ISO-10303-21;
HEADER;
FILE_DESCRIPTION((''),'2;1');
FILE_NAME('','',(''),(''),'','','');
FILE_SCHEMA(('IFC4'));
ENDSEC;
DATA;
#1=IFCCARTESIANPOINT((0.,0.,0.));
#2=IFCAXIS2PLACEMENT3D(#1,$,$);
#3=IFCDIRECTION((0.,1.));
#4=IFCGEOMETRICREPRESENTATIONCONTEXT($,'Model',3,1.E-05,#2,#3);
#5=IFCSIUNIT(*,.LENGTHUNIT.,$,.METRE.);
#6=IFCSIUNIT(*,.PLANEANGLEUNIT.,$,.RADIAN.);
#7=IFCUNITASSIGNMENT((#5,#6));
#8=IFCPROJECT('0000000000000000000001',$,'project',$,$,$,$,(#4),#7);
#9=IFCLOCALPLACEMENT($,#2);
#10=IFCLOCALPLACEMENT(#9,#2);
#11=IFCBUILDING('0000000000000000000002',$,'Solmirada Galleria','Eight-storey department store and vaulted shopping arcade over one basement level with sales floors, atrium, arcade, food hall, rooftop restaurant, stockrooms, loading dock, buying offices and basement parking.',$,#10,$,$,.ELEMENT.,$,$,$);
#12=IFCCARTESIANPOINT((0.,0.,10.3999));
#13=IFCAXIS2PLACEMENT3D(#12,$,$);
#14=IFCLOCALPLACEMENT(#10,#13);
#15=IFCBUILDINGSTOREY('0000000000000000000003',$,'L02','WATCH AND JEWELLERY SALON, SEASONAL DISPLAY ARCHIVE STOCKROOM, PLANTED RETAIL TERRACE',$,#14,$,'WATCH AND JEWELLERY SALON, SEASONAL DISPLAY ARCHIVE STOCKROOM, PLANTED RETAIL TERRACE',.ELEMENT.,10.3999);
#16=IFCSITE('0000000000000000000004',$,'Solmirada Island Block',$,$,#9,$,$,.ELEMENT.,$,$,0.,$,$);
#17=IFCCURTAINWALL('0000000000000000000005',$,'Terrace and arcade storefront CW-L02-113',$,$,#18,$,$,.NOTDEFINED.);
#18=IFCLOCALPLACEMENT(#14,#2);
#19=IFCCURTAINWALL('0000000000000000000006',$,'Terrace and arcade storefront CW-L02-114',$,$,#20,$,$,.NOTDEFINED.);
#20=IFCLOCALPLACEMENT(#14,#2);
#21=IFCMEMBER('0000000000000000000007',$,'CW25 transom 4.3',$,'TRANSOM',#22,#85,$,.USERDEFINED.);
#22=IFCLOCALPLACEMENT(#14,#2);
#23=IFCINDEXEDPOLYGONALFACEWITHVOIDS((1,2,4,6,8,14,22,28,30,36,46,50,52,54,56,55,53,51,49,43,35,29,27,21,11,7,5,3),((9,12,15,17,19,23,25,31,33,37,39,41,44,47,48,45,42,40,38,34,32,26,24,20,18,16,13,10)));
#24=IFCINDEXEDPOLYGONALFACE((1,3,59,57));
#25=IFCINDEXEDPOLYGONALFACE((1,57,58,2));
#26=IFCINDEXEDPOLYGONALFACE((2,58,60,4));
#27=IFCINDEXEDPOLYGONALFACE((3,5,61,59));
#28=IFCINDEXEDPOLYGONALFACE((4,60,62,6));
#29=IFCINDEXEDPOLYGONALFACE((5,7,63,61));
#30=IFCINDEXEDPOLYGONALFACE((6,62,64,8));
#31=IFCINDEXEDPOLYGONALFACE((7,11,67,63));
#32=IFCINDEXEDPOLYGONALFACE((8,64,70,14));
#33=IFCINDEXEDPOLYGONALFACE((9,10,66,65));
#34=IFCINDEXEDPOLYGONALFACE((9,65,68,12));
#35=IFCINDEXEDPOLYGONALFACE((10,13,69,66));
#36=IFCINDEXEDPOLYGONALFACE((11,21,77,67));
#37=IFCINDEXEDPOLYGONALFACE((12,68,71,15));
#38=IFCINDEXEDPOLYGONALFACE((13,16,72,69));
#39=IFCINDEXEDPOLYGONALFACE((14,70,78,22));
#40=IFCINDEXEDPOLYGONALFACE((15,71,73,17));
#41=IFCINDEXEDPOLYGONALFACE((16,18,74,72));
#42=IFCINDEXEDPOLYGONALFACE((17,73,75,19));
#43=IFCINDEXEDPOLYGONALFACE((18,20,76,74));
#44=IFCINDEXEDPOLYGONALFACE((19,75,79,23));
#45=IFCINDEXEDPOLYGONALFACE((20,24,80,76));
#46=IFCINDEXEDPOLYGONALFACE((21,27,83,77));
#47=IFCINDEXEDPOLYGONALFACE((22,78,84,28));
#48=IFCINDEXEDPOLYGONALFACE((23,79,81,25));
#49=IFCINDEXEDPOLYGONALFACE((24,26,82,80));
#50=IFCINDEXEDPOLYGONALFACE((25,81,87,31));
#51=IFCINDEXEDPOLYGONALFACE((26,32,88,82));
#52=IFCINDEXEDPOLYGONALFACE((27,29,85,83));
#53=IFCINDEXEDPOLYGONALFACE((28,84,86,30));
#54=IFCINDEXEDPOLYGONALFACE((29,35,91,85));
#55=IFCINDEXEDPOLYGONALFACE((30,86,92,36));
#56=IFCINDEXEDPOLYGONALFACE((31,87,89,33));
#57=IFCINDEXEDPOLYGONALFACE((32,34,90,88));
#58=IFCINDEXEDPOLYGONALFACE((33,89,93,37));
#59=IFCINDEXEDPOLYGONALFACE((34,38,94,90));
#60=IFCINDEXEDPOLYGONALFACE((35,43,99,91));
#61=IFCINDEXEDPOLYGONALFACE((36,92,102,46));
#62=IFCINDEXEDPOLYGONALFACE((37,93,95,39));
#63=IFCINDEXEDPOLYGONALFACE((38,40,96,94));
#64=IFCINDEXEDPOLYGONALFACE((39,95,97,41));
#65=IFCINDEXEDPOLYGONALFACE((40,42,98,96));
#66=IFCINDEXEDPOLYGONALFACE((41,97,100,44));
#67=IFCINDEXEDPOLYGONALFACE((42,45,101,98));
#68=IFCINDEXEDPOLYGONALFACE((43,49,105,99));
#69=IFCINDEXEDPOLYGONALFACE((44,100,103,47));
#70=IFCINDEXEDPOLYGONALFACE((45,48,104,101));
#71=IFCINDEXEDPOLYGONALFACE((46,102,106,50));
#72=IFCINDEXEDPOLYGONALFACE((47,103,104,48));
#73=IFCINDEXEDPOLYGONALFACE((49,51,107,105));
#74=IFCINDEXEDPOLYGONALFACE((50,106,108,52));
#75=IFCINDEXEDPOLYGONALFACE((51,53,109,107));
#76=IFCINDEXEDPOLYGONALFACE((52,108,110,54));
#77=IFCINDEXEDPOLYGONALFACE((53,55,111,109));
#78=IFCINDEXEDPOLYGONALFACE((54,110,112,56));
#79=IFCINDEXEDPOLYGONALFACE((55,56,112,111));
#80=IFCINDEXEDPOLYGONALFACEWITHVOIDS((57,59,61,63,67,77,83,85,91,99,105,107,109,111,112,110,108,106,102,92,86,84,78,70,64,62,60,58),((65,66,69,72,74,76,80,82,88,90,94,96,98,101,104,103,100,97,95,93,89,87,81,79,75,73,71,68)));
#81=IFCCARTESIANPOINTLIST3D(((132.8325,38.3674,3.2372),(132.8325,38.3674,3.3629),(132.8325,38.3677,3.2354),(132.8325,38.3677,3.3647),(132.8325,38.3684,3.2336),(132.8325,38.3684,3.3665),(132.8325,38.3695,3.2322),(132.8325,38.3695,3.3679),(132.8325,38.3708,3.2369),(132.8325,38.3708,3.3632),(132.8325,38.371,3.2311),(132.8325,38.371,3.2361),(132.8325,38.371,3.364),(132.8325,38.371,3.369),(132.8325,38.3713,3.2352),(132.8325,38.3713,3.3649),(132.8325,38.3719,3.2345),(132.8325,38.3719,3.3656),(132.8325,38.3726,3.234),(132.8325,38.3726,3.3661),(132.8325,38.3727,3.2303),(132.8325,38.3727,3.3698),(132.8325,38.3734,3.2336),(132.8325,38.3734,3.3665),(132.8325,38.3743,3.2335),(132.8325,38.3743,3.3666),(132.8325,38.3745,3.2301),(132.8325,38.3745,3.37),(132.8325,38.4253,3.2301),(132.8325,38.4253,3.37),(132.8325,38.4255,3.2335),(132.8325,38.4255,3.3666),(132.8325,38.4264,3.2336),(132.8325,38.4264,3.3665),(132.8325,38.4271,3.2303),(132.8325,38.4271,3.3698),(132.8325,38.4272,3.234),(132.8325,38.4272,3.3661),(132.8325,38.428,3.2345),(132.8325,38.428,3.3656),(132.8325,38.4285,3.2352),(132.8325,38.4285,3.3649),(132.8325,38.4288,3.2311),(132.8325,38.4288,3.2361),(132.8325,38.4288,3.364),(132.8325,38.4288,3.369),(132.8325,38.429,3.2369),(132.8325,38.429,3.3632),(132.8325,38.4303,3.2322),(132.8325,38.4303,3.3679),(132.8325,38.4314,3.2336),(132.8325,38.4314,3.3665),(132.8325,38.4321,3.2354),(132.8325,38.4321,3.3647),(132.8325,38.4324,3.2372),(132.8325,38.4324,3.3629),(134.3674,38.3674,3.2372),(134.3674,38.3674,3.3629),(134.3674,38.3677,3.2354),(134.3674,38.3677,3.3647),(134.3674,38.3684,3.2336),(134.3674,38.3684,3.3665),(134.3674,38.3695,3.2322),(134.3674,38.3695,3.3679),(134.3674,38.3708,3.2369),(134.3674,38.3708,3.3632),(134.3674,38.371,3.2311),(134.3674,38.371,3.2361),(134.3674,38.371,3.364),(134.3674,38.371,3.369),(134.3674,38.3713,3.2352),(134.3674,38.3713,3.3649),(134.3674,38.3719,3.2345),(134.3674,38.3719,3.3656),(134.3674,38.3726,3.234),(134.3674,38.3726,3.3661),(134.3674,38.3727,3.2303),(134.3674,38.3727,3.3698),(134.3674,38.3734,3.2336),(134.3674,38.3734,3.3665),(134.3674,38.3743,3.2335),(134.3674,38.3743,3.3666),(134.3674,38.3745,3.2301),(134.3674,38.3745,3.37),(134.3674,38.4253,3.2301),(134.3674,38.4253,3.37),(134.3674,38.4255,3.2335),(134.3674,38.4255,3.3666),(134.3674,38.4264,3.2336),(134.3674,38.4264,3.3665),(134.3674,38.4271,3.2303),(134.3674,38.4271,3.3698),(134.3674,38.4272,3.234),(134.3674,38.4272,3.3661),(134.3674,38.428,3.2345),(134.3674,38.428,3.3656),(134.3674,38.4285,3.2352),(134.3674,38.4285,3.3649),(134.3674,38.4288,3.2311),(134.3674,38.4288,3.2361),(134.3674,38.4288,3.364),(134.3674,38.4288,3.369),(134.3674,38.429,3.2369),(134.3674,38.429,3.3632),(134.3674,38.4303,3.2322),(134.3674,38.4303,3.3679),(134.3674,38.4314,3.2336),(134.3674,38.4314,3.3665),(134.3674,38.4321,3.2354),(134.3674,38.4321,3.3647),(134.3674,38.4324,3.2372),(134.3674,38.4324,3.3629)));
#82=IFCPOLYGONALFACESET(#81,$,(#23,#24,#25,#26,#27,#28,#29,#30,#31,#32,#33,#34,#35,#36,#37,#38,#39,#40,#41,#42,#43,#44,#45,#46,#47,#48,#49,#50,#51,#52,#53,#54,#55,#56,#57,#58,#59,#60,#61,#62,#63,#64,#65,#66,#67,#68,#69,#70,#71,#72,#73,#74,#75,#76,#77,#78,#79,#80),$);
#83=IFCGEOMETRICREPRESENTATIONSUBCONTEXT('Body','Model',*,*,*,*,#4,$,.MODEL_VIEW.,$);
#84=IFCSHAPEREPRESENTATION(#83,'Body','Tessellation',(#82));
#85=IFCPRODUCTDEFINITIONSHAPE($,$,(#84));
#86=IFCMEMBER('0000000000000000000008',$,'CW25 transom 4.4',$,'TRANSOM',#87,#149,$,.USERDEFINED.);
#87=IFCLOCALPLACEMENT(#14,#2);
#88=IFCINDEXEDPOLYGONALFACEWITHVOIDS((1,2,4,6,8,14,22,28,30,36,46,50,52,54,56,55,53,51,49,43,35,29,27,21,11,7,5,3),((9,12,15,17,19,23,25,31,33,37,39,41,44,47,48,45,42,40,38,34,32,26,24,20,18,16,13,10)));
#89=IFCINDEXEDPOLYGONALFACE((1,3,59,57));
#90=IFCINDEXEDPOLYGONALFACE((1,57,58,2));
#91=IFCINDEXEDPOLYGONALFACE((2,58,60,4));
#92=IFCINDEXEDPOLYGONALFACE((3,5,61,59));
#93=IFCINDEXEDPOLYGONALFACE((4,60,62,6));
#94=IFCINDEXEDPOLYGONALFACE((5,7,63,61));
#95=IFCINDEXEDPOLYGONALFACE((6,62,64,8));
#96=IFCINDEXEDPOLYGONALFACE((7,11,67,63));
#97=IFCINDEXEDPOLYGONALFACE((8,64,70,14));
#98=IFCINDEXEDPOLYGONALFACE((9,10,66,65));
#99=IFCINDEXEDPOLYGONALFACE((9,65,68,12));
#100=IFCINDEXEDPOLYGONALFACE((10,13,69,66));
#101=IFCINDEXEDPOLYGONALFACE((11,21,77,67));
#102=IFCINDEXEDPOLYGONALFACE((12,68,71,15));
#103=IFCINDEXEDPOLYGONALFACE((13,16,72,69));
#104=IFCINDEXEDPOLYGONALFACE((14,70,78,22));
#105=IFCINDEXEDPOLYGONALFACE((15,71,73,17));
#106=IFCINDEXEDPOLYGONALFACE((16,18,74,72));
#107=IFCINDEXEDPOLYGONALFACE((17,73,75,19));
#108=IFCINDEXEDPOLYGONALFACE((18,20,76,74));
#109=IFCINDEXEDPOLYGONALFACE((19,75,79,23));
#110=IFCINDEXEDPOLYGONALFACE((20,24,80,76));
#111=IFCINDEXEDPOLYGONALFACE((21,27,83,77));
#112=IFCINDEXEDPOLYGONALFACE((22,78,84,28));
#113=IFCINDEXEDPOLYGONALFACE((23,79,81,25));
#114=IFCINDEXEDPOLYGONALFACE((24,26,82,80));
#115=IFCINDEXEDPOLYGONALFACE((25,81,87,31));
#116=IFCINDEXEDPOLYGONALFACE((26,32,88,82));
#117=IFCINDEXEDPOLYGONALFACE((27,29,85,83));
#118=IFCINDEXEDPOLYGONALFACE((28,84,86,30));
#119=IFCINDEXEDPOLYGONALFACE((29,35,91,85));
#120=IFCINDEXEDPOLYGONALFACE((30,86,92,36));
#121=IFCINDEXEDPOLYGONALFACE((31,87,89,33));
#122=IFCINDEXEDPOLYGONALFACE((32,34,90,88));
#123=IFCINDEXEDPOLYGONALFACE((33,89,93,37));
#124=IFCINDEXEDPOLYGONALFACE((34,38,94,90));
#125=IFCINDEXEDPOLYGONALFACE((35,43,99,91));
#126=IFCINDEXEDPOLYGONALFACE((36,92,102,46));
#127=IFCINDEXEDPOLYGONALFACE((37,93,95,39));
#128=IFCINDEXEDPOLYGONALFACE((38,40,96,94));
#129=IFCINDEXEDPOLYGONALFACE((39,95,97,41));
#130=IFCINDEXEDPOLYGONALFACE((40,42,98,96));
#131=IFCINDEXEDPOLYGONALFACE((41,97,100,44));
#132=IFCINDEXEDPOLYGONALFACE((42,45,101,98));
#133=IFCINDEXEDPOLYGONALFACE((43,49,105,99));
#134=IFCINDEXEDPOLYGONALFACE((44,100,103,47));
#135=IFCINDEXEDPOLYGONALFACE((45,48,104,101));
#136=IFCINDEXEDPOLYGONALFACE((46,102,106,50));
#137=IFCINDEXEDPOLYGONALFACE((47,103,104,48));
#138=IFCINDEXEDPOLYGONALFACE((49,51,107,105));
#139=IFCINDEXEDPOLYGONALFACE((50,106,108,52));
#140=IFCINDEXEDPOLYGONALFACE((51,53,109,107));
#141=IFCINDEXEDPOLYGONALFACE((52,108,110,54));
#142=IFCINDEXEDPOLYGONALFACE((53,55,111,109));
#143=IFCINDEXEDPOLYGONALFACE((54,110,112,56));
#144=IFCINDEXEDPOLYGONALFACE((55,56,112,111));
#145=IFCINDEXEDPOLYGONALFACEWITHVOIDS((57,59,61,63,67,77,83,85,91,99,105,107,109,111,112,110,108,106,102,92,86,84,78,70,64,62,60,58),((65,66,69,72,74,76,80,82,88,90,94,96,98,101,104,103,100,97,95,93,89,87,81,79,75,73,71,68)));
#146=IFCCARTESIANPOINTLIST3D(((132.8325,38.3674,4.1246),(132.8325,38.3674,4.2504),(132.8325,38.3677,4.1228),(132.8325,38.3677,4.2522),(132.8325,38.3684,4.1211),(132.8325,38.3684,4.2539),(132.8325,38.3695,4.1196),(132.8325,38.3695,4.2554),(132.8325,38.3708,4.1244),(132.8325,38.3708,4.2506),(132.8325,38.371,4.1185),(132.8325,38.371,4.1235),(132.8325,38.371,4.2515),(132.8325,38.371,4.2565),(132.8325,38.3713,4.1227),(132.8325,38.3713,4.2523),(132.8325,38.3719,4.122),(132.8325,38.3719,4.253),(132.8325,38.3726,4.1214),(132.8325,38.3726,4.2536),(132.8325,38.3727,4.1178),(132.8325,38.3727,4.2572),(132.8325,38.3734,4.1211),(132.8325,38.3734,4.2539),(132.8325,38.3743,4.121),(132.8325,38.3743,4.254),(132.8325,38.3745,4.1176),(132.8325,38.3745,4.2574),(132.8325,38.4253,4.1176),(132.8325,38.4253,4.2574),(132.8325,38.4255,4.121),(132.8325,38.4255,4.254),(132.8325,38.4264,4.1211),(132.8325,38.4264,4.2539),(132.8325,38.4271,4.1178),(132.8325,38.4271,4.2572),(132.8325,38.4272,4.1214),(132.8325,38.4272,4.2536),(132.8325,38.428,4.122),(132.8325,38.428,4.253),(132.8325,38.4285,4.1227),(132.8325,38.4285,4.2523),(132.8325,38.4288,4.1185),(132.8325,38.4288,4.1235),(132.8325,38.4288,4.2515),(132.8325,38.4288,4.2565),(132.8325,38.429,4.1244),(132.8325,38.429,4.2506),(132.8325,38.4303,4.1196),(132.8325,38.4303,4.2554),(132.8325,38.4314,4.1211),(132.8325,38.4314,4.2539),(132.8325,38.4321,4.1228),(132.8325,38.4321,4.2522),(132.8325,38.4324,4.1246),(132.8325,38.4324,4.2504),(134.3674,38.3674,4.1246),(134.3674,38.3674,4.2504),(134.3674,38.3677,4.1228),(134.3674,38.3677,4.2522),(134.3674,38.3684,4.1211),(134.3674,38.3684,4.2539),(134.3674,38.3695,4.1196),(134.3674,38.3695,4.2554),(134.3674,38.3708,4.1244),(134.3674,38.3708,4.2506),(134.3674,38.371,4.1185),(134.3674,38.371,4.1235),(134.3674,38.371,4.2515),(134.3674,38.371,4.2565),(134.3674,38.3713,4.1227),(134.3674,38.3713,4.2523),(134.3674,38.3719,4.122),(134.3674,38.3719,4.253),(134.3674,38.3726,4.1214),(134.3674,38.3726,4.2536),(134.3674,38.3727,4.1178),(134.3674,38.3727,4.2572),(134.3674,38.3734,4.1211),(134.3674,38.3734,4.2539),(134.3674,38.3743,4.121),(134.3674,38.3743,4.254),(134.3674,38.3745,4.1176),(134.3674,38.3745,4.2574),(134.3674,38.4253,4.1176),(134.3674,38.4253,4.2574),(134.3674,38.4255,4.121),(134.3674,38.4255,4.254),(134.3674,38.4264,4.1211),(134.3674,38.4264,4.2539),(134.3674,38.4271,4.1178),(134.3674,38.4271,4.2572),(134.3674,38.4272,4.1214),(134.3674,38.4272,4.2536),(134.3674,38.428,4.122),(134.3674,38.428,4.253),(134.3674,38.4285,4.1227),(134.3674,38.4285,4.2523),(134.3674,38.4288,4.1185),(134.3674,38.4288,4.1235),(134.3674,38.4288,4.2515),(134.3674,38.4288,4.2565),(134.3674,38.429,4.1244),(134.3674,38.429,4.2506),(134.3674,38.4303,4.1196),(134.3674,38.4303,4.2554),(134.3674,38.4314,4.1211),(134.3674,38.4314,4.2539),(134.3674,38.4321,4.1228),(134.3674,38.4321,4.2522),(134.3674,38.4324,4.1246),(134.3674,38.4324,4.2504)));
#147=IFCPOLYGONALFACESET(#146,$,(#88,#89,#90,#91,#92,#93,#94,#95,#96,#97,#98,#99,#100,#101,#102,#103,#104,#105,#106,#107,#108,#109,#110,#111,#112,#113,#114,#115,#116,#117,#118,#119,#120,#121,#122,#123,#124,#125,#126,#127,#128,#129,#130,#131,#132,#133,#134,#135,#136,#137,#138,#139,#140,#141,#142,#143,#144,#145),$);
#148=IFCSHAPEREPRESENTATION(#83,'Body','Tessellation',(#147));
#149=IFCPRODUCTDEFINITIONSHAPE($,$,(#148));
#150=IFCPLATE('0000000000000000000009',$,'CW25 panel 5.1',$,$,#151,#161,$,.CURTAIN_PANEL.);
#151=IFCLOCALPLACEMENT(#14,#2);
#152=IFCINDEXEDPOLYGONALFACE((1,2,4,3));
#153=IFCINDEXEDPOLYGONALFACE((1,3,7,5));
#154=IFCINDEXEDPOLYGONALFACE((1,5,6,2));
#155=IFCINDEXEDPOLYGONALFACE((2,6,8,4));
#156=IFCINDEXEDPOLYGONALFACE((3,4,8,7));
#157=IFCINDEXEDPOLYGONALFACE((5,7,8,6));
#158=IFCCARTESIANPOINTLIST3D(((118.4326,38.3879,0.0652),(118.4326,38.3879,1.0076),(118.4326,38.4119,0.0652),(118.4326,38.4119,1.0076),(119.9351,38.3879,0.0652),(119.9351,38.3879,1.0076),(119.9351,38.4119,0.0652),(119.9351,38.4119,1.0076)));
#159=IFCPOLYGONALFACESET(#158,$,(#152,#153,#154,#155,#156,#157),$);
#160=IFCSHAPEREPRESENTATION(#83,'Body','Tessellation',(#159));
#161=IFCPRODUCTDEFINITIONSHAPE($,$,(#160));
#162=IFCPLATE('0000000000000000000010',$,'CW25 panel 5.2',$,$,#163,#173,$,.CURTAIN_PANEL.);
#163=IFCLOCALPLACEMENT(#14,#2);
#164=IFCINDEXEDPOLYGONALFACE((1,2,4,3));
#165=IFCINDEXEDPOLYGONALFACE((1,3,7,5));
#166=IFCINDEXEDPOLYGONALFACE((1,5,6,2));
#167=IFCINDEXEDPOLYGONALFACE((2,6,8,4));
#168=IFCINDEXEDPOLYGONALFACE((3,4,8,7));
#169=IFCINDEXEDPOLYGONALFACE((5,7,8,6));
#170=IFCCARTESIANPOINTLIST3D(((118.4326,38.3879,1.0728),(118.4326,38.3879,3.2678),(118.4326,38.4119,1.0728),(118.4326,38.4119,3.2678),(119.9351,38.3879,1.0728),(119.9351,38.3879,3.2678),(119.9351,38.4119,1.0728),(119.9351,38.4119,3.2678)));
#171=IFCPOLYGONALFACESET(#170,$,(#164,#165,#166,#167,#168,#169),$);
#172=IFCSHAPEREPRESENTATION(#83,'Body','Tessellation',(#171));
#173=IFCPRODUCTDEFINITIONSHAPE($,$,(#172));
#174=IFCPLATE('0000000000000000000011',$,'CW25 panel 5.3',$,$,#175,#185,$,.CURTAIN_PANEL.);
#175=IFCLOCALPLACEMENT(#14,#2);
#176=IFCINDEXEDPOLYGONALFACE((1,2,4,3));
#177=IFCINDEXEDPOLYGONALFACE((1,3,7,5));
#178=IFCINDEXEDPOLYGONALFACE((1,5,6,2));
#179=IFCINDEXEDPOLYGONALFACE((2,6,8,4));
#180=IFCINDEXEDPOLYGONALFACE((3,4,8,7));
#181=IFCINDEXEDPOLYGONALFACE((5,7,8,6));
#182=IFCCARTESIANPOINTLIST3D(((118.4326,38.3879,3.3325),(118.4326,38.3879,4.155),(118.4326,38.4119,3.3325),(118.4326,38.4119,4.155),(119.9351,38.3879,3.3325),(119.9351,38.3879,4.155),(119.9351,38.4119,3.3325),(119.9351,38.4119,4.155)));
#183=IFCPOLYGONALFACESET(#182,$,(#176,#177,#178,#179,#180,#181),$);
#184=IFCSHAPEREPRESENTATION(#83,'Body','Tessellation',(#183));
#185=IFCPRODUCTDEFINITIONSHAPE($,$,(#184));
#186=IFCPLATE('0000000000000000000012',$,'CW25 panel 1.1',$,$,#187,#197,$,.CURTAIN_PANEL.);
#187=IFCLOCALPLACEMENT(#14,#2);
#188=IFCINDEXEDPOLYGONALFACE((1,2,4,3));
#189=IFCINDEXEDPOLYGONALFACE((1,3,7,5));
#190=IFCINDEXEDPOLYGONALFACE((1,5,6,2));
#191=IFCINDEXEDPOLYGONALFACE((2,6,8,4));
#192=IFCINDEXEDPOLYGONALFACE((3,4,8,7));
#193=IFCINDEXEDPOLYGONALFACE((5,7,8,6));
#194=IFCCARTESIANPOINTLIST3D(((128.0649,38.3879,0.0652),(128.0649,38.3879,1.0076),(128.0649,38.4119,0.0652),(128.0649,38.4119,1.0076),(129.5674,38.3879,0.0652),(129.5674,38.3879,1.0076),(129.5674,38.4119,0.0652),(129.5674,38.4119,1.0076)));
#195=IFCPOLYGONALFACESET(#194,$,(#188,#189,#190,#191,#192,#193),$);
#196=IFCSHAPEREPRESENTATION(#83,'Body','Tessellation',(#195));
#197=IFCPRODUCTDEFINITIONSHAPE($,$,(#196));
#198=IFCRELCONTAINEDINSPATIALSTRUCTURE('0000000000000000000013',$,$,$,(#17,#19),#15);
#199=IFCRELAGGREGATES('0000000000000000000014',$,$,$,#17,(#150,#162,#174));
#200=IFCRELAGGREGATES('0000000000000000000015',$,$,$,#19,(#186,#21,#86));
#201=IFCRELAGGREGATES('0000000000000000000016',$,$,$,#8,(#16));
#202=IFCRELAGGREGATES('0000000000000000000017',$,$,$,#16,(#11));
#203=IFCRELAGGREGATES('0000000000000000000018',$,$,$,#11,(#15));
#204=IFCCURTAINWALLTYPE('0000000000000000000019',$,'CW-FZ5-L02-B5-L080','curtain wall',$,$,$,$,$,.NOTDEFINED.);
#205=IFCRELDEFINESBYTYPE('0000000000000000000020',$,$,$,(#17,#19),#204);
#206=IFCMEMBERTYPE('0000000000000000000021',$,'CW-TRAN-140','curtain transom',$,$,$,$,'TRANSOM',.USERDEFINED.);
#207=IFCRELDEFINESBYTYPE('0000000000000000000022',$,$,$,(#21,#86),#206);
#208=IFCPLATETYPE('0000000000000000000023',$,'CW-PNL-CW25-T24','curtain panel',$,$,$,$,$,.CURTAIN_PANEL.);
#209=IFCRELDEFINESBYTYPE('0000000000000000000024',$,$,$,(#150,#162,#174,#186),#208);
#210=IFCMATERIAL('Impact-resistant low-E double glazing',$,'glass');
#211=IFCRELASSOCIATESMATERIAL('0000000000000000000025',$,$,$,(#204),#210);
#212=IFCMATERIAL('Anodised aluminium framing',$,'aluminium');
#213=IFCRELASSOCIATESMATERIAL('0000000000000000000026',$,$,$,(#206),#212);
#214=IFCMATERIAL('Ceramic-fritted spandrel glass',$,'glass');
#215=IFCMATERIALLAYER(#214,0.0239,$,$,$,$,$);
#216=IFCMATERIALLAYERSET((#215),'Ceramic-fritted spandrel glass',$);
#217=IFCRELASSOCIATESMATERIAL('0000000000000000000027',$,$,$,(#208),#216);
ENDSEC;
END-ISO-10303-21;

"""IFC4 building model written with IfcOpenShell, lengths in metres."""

from ifc_helpers import new_model, si_unit, direction, frame, origin, origin_2d, place, context, subcontext, project, spatial, rectangle, hollow_rectangle, extrude, material, layer, layer_set, material_profile, profile_set, type_object, element, aggregate, save


model = new_model("IFC4")

# Units and contexts
model_context = context("Model", 3, precision=1e-05, world=origin(), true_north=direction((0.0, 1.0)))
body_context = subcontext(model_context, "Body", "Model", "MODEL_VIEW")
ifc_project = project(units=[si_unit("LENGTHUNIT", "METRE"), si_unit("PLANEANGLEUNIT", "RADIAN")], contexts=[model_context])

# Site, building, storey
site_placement = place(None, origin())
site = spatial("IfcSite", under=ifc_project, at=site_placement, Name="Solmirada Island Block", CompositionType="ELEMENT", RefElevation=0.0)
building_placement = place(site_placement, origin())
building = spatial("IfcBuilding", under=site, at=building_placement, Name="Solmirada Galleria", Description="Eight-storey department store and vaulted shopping arcade over one basement level with sales floors, atrium, arcade, food hall, rooftop restaurant, stockrooms, loading dock, buying offices and basement parking.", CompositionType="ELEMENT")
storey_placement = place(building_placement, frame((0.0, 0.0, 10.3999)))
storey = spatial("IfcBuildingStorey", under=building, at=storey_placement, Name="L02", Description="WATCH AND JEWELLERY SALON, SEASONAL DISPLAY ARCHIVE STOCKROOM, PLANTED RETAIL TERRACE", LongName="WATCH AND JEWELLERY SALON, SEASONAL DISPLAY ARCHIVE STOCKROOM, PLANTED RETAIL TERRACE", CompositionType="ELEMENT", Elevation=10.3999)

# Curtain wall
ifc_material_1 = material(Name="Impact-resistant low-E double glazing", Category="glass")
curtain_wall_type = type_object("IfcCurtainWallType", Name="CW-FZ5-L02-B5-L080", Description="curtain wall", PredefinedType="NOTDEFINED", material=ifc_material_1)
curtain_wall_1_placement = place(storey_placement, origin())
curtain_wall_1 = element("IfcCurtainWall", 1, at=curtain_wall_1_placement, inside=storey, type_object=curtain_wall_type, Name="Terrace and arcade storefront CW-L02-113", PredefinedType="NOTDEFINED")
ifc_material_2 = material(Name="Anodised aluminium framing", Category="aluminium")

# Curtain wall
curtain_wall_2_placement = place(storey_placement, origin())
curtain_wall_2 = element("IfcCurtainWall", 2, at=curtain_wall_2_placement, inside=storey, type_object=curtain_wall_type, Name="Terrace and arcade storefront CW-L02-114", PredefinedType="NOTDEFINED")

# Members
ifc_material_profile_1 = material_profile(ifc_material_2, hollow_rectangle(XDim=0.0649, YDim=0.1399, WallThickness=0.0034, InnerFilletRadius=0.0034, OuterFilletRadius=0.0071, at=origin_2d()), Name="ALU-TRAN-140X65")
ifc_profile_set_1 = profile_set([ifc_material_profile_1], Name="Anodised aluminium framing")
member_type_1 = type_object("IfcMemberType", Name="CW-TRAN-140", Description="curtain transom", ElementType="TRANSOM", PredefinedType="USERDEFINED", material=ifc_profile_set_1)
member_1_placement = place(storey_placement, frame((132.8325, 38.3999, 3.3), z_axis=(1.0, 0.0, 0.0), x_axis=(0.0, 1.0, 0.0)))
member_1 = element("IfcMember", 3, at=member_1_placement, type_object=member_type_1, Name="CW25 transom 4.3", ObjectType="TRANSOM", PredefinedType="USERDEFINED", context=body_context, shape_type="SweptSolid", body=[
    extrude(hollow_rectangle(XDim=0.0649, YDim=0.1399, WallThickness=0.0034, InnerFilletRadius=0.0034, OuterFilletRadius=0.0071, at=origin_2d()), origin(), (0.0, 0.0, 1.0), 1.5349),
])
member_2_placement = place(storey_placement, frame((132.8325, 38.3999, 4.1875), z_axis=(1.0, 0.0, 0.0), x_axis=(0.0, 1.0, 0.0)))
member_2 = element("IfcMember", 4, at=member_2_placement, type_object=member_type_1, Name="CW25 transom 4.4", ObjectType="TRANSOM", PredefinedType="USERDEFINED", context=body_context, shape_type="SweptSolid", body=[
    extrude(hollow_rectangle(XDim=0.0649, YDim=0.1399, WallThickness=0.0034, InnerFilletRadius=0.0034, OuterFilletRadius=0.0071, at=origin_2d()), origin(), (0.0, 0.0, 1.0), 1.5349),
])

# Plates
ifc_material_3 = material(Name="Ceramic-fritted spandrel glass", Category="glass")
ifc_layer_1 = layer(ifc_material_3, 0.0239)
ifc_layer_set_1 = layer_set([ifc_layer_1], Name="Ceramic-fritted spandrel glass")
plate_type = type_object("IfcPlateType", Name="CW-PNL-CW25-T24", Description="curtain panel", PredefinedType="CURTAIN_PANEL", material=ifc_layer_set_1)
plate_1_placement = place(storey_placement, frame((119.1838, 38.3999, 0.0652), z_axis=(0.0, 0.0, 1.0), x_axis=(1.0, 0.0, 0.0)))
plate_1 = element("IfcPlate", 5, at=plate_1_placement, type_object=plate_type, Name="CW25 panel 5.1", PredefinedType="CURTAIN_PANEL", context=body_context, shape_type="SweptSolid", body=[
    extrude(rectangle(XDim=1.5024, YDim=0.0239, at=origin_2d()), origin(), (0.0, 0.0, 1.0), 0.9424),
])
plate_2_placement = place(storey_placement, frame((119.1838, 38.3999, 1.0728), z_axis=(0.0, 0.0, 1.0), x_axis=(1.0, 0.0, 0.0)))
plate_2 = element("IfcPlate", 6, at=plate_2_placement, type_object=plate_type, Name="CW25 panel 5.2", PredefinedType="CURTAIN_PANEL", context=body_context, shape_type="SweptSolid", body=[
    extrude(rectangle(XDim=1.5024, YDim=0.0239, at=origin_2d()), origin(), (0.0, 0.0, 1.0), 2.1951),
])
plate_3_placement = place(storey_placement, frame((119.1838, 38.3999, 3.3325), z_axis=(0.0, 0.0, 1.0), x_axis=(1.0, 0.0, 0.0)))
plate_3 = element("IfcPlate", 7, at=plate_3_placement, type_object=plate_type, Name="CW25 panel 5.3", PredefinedType="CURTAIN_PANEL", context=body_context, shape_type="SweptSolid", body=[
    extrude(rectangle(XDim=1.5024, YDim=0.0239, at=origin_2d()), origin(), (0.0, 0.0, 1.0), 0.8225),
])
aggregate(curtain_wall_1, [plate_1, plate_2, plate_3])
plate_4_placement = place(storey_placement, frame((128.8162, 38.3999, 0.0652), z_axis=(0.0, 0.0, 1.0), x_axis=(1.0, 0.0, 0.0)))
plate_4 = element("IfcPlate", 8, at=plate_4_placement, type_object=plate_type, Name="CW25 panel 1.1", PredefinedType="CURTAIN_PANEL", context=body_context, shape_type="SweptSolid", body=[
    extrude(rectangle(XDim=1.5024, YDim=0.0239, at=origin_2d()), origin(), (0.0, 0.0, 1.0), 0.9424),
])
aggregate(curtain_wall_2, [plate_4, member_1, member_2])

save(model, "model.ifc")
